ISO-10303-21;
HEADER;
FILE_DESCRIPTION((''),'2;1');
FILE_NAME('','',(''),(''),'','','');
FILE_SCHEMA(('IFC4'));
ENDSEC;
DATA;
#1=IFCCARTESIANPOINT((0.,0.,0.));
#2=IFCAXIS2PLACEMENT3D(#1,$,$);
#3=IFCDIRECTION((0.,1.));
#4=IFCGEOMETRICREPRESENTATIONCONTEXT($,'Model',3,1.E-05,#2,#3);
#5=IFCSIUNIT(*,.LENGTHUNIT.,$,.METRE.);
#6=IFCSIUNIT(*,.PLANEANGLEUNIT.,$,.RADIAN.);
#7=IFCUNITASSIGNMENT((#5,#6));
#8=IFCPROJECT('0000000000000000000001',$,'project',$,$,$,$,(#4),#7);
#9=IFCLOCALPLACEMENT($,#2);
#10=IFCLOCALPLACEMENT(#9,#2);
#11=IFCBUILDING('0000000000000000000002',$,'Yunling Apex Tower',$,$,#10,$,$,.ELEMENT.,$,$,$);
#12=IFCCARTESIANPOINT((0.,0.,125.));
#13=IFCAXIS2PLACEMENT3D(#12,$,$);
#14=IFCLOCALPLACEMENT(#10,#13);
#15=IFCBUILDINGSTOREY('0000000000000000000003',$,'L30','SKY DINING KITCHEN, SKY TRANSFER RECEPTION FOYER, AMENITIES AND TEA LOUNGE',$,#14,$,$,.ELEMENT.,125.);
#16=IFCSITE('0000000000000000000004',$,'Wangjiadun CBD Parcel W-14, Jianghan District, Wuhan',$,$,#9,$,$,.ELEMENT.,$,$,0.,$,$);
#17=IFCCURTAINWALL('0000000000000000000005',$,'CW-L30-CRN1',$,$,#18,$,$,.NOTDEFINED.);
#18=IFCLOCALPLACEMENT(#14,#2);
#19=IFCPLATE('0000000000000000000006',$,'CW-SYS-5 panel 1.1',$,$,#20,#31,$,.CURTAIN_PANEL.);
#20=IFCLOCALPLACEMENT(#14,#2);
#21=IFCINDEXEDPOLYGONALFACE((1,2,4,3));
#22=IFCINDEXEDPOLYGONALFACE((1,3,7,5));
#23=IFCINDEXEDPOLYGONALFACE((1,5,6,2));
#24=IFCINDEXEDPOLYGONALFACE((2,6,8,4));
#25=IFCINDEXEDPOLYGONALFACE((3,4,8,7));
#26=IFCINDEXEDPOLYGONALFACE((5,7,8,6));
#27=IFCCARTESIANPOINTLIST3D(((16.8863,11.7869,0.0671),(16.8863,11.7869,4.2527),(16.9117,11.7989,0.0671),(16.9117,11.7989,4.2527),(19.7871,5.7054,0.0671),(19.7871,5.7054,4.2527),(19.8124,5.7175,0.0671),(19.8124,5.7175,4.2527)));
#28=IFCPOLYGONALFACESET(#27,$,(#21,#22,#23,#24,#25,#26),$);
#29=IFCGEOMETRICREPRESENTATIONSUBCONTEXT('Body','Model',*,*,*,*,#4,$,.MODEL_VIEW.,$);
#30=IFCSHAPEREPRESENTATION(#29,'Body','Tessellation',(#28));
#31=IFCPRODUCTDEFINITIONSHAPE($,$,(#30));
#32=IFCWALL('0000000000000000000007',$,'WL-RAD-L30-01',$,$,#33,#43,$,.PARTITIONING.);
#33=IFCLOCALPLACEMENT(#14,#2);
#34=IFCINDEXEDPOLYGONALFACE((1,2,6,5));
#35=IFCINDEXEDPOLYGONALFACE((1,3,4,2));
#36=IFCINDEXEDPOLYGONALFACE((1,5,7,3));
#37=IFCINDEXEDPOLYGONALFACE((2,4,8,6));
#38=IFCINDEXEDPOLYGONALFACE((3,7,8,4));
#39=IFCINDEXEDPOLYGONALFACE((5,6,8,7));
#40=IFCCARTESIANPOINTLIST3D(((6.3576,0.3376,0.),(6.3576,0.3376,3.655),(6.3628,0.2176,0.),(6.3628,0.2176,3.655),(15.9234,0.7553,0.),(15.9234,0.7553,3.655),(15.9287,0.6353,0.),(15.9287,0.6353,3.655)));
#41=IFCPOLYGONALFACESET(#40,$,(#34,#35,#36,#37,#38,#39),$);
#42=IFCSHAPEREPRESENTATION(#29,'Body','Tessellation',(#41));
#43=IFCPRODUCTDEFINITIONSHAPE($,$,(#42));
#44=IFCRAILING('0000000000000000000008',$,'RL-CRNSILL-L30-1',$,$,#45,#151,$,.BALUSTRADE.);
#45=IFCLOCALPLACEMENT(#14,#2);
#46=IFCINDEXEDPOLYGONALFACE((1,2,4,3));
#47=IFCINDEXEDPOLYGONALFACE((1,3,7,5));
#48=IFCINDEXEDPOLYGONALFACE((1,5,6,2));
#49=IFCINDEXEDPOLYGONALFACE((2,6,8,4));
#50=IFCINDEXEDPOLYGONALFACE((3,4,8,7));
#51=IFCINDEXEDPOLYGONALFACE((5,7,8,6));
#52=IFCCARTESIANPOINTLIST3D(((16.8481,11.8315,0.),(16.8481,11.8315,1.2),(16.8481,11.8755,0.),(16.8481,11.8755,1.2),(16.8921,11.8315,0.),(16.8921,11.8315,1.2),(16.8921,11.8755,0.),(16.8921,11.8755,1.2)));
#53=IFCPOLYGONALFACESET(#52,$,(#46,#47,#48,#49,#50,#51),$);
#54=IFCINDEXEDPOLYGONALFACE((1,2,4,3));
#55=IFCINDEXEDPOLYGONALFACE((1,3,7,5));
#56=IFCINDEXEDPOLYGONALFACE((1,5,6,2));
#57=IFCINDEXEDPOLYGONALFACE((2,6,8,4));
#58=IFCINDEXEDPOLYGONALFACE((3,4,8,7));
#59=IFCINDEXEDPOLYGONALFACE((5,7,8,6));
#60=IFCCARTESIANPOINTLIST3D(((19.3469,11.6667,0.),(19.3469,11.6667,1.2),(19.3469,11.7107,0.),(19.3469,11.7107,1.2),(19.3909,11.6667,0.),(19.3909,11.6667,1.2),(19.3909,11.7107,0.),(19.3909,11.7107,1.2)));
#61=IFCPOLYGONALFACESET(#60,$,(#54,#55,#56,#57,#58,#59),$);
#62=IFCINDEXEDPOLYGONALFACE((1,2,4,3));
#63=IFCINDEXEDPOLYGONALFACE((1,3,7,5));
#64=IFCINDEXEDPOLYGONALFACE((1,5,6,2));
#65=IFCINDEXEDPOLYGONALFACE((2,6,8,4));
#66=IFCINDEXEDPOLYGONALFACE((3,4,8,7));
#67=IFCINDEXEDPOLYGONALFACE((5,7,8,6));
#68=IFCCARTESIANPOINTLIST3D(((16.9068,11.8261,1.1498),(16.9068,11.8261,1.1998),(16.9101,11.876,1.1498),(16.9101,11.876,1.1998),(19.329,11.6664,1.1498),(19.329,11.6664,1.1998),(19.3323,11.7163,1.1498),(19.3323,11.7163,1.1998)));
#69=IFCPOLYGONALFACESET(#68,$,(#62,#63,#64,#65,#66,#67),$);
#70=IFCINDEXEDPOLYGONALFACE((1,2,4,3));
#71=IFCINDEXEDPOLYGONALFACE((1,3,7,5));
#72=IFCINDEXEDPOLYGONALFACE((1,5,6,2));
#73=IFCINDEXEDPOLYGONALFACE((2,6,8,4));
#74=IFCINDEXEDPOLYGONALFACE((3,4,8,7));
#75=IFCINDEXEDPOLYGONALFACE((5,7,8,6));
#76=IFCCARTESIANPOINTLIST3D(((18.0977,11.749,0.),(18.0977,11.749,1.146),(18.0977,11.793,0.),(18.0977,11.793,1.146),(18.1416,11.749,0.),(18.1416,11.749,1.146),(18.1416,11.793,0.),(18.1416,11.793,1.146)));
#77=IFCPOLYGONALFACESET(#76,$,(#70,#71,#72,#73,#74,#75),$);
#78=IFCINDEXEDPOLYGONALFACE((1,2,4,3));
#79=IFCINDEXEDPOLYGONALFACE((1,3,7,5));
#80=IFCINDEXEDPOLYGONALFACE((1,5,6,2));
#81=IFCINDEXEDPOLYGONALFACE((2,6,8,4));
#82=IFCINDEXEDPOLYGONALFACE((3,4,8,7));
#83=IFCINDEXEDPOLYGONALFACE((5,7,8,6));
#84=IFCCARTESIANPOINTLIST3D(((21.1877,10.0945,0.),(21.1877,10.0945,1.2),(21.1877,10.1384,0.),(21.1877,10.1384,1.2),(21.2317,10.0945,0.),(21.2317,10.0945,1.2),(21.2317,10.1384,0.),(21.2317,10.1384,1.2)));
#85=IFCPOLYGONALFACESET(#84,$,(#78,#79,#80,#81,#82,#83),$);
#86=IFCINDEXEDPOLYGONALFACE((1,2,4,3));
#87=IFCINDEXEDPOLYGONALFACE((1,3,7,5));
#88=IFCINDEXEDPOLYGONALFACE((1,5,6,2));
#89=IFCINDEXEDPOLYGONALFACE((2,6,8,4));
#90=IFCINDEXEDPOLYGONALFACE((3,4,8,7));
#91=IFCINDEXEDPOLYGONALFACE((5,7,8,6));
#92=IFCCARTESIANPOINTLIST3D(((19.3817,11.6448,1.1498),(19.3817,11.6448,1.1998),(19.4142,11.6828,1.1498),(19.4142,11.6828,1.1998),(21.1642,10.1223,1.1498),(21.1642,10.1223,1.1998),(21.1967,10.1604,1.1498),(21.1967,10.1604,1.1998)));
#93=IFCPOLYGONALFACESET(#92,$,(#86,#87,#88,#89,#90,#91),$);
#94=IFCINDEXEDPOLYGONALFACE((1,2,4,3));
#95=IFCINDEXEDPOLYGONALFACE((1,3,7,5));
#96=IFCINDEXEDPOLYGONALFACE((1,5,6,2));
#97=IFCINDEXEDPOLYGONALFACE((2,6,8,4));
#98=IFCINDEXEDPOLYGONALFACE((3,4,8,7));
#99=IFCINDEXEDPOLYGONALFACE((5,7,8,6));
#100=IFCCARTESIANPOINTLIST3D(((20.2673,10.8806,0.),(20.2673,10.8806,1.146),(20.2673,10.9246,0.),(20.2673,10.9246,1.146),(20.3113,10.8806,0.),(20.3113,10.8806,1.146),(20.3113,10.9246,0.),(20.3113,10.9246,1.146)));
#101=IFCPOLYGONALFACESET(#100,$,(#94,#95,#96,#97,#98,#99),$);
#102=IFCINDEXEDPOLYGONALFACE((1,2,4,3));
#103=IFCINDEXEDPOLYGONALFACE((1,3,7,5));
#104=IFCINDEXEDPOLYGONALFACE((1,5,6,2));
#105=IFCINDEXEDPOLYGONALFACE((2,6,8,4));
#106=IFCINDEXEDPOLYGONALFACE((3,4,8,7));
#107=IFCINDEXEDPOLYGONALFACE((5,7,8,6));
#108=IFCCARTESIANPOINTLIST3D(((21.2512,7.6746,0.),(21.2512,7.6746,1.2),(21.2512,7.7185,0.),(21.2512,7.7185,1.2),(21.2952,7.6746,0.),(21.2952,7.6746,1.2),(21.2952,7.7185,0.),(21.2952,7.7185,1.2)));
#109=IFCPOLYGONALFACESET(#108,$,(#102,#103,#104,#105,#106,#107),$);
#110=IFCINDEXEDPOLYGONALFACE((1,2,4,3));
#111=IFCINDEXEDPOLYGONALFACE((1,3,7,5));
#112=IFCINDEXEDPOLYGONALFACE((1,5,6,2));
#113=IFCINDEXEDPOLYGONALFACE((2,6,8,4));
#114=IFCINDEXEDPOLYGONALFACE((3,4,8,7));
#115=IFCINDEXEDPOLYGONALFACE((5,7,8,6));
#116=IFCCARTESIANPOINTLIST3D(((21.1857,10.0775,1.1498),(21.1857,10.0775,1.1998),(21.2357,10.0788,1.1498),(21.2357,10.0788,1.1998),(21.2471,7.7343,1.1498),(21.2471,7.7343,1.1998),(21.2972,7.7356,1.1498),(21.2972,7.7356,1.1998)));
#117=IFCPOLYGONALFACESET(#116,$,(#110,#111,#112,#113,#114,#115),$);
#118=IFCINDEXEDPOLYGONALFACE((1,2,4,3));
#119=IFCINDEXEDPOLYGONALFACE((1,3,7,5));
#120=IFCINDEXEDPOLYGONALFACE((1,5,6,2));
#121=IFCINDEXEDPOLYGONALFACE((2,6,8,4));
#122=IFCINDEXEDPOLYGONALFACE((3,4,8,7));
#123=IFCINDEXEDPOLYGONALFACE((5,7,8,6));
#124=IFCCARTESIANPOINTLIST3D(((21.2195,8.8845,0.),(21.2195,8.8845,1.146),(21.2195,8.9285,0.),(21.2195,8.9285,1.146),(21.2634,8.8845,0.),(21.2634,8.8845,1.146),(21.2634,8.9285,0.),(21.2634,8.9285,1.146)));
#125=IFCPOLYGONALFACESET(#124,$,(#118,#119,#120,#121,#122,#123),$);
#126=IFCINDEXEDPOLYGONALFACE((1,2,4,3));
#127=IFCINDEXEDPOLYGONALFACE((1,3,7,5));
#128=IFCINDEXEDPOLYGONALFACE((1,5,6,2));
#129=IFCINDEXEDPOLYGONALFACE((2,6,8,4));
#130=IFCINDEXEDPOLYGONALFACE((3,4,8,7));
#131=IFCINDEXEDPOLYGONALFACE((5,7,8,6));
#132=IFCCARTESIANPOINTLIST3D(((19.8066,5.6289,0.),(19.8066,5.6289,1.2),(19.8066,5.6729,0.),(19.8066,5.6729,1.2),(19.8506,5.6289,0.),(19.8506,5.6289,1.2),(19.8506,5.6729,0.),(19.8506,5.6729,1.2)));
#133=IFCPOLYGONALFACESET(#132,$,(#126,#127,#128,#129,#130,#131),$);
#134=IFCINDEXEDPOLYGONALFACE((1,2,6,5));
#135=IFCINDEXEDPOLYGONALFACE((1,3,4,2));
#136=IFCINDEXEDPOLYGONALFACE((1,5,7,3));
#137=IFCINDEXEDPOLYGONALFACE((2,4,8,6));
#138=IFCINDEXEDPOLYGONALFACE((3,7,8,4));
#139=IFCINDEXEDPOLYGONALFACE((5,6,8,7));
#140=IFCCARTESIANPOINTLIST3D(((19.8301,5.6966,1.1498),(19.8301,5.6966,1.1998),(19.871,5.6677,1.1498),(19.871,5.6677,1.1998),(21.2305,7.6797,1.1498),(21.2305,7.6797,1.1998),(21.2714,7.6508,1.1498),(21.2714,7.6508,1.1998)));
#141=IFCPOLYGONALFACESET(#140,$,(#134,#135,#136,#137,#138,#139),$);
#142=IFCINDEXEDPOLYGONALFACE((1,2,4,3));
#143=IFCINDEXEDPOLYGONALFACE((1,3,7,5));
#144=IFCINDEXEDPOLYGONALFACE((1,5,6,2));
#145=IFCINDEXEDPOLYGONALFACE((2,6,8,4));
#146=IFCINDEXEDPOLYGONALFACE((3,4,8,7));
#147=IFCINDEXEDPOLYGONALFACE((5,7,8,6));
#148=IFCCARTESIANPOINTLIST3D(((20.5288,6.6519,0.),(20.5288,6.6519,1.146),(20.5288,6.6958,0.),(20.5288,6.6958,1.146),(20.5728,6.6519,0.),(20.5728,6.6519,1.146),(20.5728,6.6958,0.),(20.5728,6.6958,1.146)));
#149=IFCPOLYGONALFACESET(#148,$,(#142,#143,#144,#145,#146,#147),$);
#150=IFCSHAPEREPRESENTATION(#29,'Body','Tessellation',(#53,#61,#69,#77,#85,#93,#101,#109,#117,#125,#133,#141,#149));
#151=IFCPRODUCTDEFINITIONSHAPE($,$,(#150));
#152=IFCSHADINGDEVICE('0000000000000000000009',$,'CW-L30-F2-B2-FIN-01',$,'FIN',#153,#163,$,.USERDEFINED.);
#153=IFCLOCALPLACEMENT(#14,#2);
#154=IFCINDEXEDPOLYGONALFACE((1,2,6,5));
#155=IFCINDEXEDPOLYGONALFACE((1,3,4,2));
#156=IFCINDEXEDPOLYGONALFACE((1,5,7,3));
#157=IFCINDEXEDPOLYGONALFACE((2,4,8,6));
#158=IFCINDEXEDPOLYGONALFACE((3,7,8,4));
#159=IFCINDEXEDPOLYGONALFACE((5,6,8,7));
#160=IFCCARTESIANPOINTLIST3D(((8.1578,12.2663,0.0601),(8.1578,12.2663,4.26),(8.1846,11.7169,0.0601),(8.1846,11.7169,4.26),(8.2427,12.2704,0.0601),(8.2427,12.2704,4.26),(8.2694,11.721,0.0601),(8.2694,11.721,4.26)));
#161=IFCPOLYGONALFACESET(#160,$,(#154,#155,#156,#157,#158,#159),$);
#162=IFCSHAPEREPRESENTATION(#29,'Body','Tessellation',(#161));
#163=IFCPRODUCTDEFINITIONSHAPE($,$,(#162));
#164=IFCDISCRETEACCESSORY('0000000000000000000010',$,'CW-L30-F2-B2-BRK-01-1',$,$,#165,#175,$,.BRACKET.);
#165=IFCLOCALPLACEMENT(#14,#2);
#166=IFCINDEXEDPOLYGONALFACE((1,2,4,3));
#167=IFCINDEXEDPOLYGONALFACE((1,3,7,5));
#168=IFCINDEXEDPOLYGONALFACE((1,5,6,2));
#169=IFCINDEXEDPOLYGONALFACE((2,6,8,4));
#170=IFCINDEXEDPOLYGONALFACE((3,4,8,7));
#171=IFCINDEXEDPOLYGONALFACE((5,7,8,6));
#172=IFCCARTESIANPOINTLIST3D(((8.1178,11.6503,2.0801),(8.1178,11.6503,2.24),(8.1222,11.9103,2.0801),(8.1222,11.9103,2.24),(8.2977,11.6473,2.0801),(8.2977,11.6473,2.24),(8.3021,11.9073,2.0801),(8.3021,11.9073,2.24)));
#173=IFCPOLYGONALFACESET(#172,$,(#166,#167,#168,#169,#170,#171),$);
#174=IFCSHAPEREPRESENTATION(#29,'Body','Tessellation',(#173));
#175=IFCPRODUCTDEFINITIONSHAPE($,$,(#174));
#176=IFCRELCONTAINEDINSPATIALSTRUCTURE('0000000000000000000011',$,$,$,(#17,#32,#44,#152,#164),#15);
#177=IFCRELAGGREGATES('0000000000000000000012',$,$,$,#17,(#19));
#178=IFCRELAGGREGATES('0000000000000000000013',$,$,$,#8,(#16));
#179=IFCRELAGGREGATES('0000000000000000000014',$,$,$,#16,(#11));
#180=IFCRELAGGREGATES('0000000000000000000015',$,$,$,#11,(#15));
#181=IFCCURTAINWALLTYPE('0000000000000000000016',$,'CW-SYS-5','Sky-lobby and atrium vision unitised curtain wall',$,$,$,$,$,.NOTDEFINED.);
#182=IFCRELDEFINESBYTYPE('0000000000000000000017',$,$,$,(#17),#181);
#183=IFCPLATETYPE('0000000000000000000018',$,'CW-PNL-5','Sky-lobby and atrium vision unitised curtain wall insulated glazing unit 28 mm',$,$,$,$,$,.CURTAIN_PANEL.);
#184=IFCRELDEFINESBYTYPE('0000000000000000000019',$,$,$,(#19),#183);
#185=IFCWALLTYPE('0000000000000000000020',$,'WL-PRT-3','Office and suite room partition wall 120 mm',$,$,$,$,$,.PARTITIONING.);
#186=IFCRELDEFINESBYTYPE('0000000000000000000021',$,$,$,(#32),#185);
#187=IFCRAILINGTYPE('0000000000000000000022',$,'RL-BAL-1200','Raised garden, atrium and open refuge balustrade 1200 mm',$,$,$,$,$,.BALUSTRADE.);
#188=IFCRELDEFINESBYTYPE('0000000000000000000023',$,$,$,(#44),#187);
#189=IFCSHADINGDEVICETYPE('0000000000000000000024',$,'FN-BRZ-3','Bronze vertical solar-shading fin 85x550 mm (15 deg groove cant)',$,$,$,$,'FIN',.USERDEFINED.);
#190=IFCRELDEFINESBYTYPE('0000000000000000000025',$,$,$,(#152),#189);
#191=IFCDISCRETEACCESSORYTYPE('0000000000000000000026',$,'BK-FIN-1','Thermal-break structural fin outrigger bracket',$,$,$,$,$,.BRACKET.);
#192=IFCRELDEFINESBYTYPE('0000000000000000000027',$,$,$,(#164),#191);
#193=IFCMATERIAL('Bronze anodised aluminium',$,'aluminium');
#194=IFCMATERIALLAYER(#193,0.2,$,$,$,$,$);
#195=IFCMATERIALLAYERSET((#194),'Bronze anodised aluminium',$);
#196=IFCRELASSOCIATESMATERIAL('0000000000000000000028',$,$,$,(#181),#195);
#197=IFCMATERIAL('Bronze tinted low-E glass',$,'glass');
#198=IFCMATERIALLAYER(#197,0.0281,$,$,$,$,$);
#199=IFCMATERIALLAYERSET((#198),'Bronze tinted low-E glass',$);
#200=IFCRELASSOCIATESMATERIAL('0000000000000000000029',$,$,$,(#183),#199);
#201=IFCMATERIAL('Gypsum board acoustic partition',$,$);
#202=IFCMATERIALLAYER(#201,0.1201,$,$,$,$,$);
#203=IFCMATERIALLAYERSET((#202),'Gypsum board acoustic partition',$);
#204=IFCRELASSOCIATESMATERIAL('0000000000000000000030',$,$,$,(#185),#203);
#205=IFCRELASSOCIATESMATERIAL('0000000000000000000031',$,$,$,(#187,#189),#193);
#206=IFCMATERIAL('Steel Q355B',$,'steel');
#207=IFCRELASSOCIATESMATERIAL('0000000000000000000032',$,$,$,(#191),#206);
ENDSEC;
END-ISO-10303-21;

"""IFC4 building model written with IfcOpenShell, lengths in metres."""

from ifc_helpers import new_model, si_unit, direction, frame, frame_2d, origin, origin_2d, place, context, subcontext, project, spatial, rectangle, extrude, source, transform, mapped, material, layer, layer_set, material_profile, profile_set, type_object, element, aggregate, save


model = new_model("IFC4")

# Units and contexts
model_context = context("Model", 3, precision=1e-05, world=origin(), true_north=direction((0.0, 1.0)))
body_context = subcontext(model_context, "Body", "Model", "MODEL_VIEW")
ifc_project = project(units=[si_unit("LENGTHUNIT", "METRE"), si_unit("PLANEANGLEUNIT", "RADIAN")], contexts=[model_context])

# Site, building, storey
site_placement = place(None, origin())
site = spatial("IfcSite", under=ifc_project, at=site_placement, Name="Wangjiadun CBD Parcel W-14, Jianghan District, Wuhan", CompositionType="ELEMENT", RefElevation=0.0)
building_placement = place(site_placement, origin())
building = spatial("IfcBuilding", under=site, at=building_placement, Name="Yunling Apex Tower", CompositionType="ELEMENT")
storey_placement = place(building_placement, frame((0.0, 0.0, 125.0)))
storey = spatial("IfcBuildingStorey", under=building, at=storey_placement, Name="L30", Description="SKY DINING KITCHEN, SKY TRANSFER RECEPTION FOYER, AMENITIES AND TEA LOUNGE", CompositionType="ELEMENT", Elevation=125.0)

# Shared definitions
ifc_material_1 = material(Name="Steel Q355B", Category="steel")

# Shared definitions
ifc_material_2 = material(Name="Bronze anodised aluminium", Category="aluminium")
ifc_layer_1 = layer(ifc_material_2, 0.2)
ifc_layer_set_1 = layer_set([ifc_layer_1], Name="Bronze anodised aluminium")
curtain_wall_type = type_object("IfcCurtainWallType", Name="CW-SYS-5", Description="Sky-lobby and atrium vision unitised curtain wall", PredefinedType="NOTDEFINED", material=ifc_layer_set_1)

# Curtain wall
curtain_wall_1_placement = place(storey_placement, origin())
curtain_wall_1 = element("IfcCurtainWall", 1, at=curtain_wall_1_placement, inside=storey, type_object=curtain_wall_type, Name="CW-L30-CRN1", PredefinedType="NOTDEFINED")

# Plate
ifc_material_3 = material(Name="Bronze tinted low-E glass", Category="glass")
ifc_layer_2 = layer(ifc_material_3, 0.0281)
ifc_layer_set_2 = layer_set([ifc_layer_2], Name="Bronze tinted low-E glass")
plate_type = type_object("IfcPlateType", Name="CW-PNL-5", Description="Sky-lobby and atrium vision unitised curtain wall insulated glazing unit 28 mm", PredefinedType="CURTAIN_PANEL", material=ifc_layer_set_2)
shared_shape_1 = source(origin(), body_context, "Body", "SweptSolid", [
    extrude(rectangle(XDim=6.7378, YDim=0.0281, at=origin_2d()), origin(), (0.0, 0.0, 1.0), 4.1855),
])
plate_1_placement = place(storey_placement, frame((18.3494, 8.7522, 0.0671), z_axis=(0.0, 0.0, 1.0), x_axis=(-0.430519, 0.902582, 0.0)))
plate_1 = element("IfcPlate", 2, at=plate_1_placement, type_object=plate_type, Name="CW-SYS-5 panel 1.1", PredefinedType="CURTAIN_PANEL", context=body_context, shape_type="MappedRepresentation", body=[
    mapped(shared_shape_1, transform((0.0, 0.0, 0.0), scale=1.0)),
])
aggregate(curtain_wall_1, [plate_1])

# Wall
ifc_material_4 = material(Name="Gypsum board acoustic partition")
ifc_layer_3 = layer(ifc_material_4, 0.1201)
ifc_layer_set_3 = layer_set([ifc_layer_3], Name="Gypsum board acoustic partition")
wall_type = type_object("IfcWallType", Name="WL-PRT-3", Description="Office and suite room partition wall 120 mm", PredefinedType="PARTITIONING", material=ifc_layer_set_3)
wall_placement = place(storey_placement, frame((6.3601, 0.2776, 0.0), z_axis=(0.0, 0.0, 1.0), x_axis=(0.999048, 0.043626, 0.0)))
element("IfcWall", 3, at=wall_placement, inside=storey, type_object=wall_type, Name="WL-RAD-L30-01", PredefinedType="PARTITIONING", context=body_context, shape_type="SweptSolid", body=[
    extrude(rectangle(XDim=9.575, YDim=0.1201, at=frame_2d((4.7876, 0.0))), origin(), (0.0, 0.0, 1.0), 3.655),
])

# Railing
railing_type = type_object("IfcRailingType", Name="RL-BAL-1200", Description="Raised garden, atrium and open refuge balustrade 1200 mm", PredefinedType="BALUSTRADE", material=ifc_material_2)
railing_placement = place(storey_placement, frame((16.8701, 11.8535, 0.0)))
element("IfcRailing", 4, at=railing_placement, inside=storey, type_object=railing_type, Name="RL-CRNSILL-L30-1", PredefinedType="BALUSTRADE", context=body_context, shape_type="SweptSolid", body=[
    extrude(rectangle(XDim=0.0439, YDim=0.0439, at=origin_2d()), origin(), (0.0, 0.0, 1.0), 1.2),
    extrude(rectangle(XDim=0.0439, YDim=0.0439, at=origin_2d()), frame((2.4988, -0.1648, 0.0)), (0.0, 0.0, 1.0), 1.2),
    extrude(rectangle(XDim=0.05, YDim=0.05, at=origin_2d()), frame((0.0383, -0.0024, 1.1748), z_axis=(0.997832, -0.065807, 0.0), x_axis=(0.065807, 0.997832, 0.0)), (0.0, 0.0, 1.0), 2.4275),
    extrude(rectangle(XDim=0.0439, YDim=0.0439, at=origin_2d()), frame((1.2495, -0.0825, 0.0)), (0.0, 0.0, 1.0), 1.146),
    extrude(rectangle(XDim=0.0439, YDim=0.0439, at=origin_2d()), frame((4.3396, -1.7371, 0.0)), (0.0, 0.0, 1.0), 1.2),
    extrude(rectangle(XDim=0.05, YDim=0.05, at=origin_2d()), frame((2.5278, -0.1897, 1.1748), z_axis=(0.760394, -0.649462, 0.0), x_axis=(0.649462, 0.760394, 0.0)), (0.0, 0.0, 1.0), 2.3442),
    extrude(rectangle(XDim=0.0439, YDim=0.0439, at=origin_2d()), frame((3.4192, -0.9509, 0.0)), (0.0, 0.0, 1.0), 1.146),
    extrude(rectangle(XDim=0.0439, YDim=0.0439, at=origin_2d()), frame((4.4031, -4.157, 0.0)), (0.0, 0.0, 1.0), 1.2),
    extrude(rectangle(XDim=0.05, YDim=0.05, at=origin_2d()), frame((4.3406, -1.7754, 1.1748), z_axis=(0.026222, -0.999656, 0.0), x_axis=(0.999656, 0.026222, 0.0)), (0.0, 0.0, 1.0), 2.344),
    extrude(rectangle(XDim=0.0439, YDim=0.0439, at=origin_2d()), frame((4.3713, -2.947, 0.0)), (0.0, 0.0, 1.0), 1.146),
    extrude(rectangle(XDim=0.0439, YDim=0.0439, at=origin_2d()), frame((2.9585, -6.2026, 0.0)), (0.0, 0.0, 1.0), 1.2),
    extrude(rectangle(XDim=0.05, YDim=0.05, at=origin_2d()), frame((4.3809, -4.1882, 1.1748), z_axis=(-0.57684, -0.816857, 0.0), x_axis=(0.816857, -0.57684, 0.0)), (0.0, 0.0, 1.0), 2.4277),
    extrude(rectangle(XDim=0.0439, YDim=0.0439, at=origin_2d()), frame((3.6807, -5.1797, 0.0)), (0.0, 0.0, 1.0), 1.146),
])

# Shading device
ifc_material_profile_1 = material_profile(ifc_material_2, rectangle(XDim=0.085, YDim=0.55, at=origin_2d()))
ifc_profile_set_1 = profile_set([ifc_material_profile_1], Name="Bronze anodised aluminium")
shading_device_type = type_object("IfcShadingDeviceType", Name="FN-BRZ-3", Description="Bronze vertical solar-shading fin 85x550 mm (15 deg groove cant)", ElementType="FIN", PredefinedType="USERDEFINED", material=ifc_profile_set_1)
shared_shape_2 = source(origin(), body_context, "Body", "SweptSolid", [
    extrude(rectangle(XDim=0.085, YDim=0.55, at=origin_2d()), origin(), (0.0, 0.0, 1.0), 4.2),
])
shading_device_placement = place(storey_placement, frame((8.2136, 11.9937, 0.0601), z_axis=(0.0, 0.0, 1.0), x_axis=(-0.998815, -0.048675, 0.0)))
element("IfcShadingDevice", 5, at=shading_device_placement, inside=storey, type_object=shading_device_type, Name="CW-L30-F2-B2-FIN-01", ObjectType="FIN", PredefinedType="USERDEFINED", context=body_context, shape_type="MappedRepresentation", body=[
    mapped(shared_shape_2, transform((0.0, 0.0, 0.0), scale=1.0)),
])

# Discrete accessory
discrete_accessory_type = type_object("IfcDiscreteAccessoryType", Name="BK-FIN-1", Description="Thermal-break structural fin outrigger bracket", PredefinedType="BRACKET", material=ifc_material_1)
shared_shape_3 = source(origin(), body_context, "Body", "SweptSolid", [
    extrude(rectangle(XDim=0.1799, YDim=0.26, at=origin_2d()), origin(), (0.0, 0.0, 1.0), 0.1599),
])
discrete_accessory_placement = place(storey_placement, frame((8.21, 11.7788, 2.0801), z_axis=(0.0, 0.0, 1.0), x_axis=(-0.99986, 0.016754, 0.0)))
element("IfcDiscreteAccessory", 6, at=discrete_accessory_placement, inside=storey, type_object=discrete_accessory_type, Name="CW-L30-F2-B2-BRK-01-1", PredefinedType="BRACKET", context=body_context, shape_type="MappedRepresentation", body=[
    mapped(shared_shape_3, transform((0.0, 0.0, 0.0), scale=1.0)),
])

save(model, "model.ifc")
